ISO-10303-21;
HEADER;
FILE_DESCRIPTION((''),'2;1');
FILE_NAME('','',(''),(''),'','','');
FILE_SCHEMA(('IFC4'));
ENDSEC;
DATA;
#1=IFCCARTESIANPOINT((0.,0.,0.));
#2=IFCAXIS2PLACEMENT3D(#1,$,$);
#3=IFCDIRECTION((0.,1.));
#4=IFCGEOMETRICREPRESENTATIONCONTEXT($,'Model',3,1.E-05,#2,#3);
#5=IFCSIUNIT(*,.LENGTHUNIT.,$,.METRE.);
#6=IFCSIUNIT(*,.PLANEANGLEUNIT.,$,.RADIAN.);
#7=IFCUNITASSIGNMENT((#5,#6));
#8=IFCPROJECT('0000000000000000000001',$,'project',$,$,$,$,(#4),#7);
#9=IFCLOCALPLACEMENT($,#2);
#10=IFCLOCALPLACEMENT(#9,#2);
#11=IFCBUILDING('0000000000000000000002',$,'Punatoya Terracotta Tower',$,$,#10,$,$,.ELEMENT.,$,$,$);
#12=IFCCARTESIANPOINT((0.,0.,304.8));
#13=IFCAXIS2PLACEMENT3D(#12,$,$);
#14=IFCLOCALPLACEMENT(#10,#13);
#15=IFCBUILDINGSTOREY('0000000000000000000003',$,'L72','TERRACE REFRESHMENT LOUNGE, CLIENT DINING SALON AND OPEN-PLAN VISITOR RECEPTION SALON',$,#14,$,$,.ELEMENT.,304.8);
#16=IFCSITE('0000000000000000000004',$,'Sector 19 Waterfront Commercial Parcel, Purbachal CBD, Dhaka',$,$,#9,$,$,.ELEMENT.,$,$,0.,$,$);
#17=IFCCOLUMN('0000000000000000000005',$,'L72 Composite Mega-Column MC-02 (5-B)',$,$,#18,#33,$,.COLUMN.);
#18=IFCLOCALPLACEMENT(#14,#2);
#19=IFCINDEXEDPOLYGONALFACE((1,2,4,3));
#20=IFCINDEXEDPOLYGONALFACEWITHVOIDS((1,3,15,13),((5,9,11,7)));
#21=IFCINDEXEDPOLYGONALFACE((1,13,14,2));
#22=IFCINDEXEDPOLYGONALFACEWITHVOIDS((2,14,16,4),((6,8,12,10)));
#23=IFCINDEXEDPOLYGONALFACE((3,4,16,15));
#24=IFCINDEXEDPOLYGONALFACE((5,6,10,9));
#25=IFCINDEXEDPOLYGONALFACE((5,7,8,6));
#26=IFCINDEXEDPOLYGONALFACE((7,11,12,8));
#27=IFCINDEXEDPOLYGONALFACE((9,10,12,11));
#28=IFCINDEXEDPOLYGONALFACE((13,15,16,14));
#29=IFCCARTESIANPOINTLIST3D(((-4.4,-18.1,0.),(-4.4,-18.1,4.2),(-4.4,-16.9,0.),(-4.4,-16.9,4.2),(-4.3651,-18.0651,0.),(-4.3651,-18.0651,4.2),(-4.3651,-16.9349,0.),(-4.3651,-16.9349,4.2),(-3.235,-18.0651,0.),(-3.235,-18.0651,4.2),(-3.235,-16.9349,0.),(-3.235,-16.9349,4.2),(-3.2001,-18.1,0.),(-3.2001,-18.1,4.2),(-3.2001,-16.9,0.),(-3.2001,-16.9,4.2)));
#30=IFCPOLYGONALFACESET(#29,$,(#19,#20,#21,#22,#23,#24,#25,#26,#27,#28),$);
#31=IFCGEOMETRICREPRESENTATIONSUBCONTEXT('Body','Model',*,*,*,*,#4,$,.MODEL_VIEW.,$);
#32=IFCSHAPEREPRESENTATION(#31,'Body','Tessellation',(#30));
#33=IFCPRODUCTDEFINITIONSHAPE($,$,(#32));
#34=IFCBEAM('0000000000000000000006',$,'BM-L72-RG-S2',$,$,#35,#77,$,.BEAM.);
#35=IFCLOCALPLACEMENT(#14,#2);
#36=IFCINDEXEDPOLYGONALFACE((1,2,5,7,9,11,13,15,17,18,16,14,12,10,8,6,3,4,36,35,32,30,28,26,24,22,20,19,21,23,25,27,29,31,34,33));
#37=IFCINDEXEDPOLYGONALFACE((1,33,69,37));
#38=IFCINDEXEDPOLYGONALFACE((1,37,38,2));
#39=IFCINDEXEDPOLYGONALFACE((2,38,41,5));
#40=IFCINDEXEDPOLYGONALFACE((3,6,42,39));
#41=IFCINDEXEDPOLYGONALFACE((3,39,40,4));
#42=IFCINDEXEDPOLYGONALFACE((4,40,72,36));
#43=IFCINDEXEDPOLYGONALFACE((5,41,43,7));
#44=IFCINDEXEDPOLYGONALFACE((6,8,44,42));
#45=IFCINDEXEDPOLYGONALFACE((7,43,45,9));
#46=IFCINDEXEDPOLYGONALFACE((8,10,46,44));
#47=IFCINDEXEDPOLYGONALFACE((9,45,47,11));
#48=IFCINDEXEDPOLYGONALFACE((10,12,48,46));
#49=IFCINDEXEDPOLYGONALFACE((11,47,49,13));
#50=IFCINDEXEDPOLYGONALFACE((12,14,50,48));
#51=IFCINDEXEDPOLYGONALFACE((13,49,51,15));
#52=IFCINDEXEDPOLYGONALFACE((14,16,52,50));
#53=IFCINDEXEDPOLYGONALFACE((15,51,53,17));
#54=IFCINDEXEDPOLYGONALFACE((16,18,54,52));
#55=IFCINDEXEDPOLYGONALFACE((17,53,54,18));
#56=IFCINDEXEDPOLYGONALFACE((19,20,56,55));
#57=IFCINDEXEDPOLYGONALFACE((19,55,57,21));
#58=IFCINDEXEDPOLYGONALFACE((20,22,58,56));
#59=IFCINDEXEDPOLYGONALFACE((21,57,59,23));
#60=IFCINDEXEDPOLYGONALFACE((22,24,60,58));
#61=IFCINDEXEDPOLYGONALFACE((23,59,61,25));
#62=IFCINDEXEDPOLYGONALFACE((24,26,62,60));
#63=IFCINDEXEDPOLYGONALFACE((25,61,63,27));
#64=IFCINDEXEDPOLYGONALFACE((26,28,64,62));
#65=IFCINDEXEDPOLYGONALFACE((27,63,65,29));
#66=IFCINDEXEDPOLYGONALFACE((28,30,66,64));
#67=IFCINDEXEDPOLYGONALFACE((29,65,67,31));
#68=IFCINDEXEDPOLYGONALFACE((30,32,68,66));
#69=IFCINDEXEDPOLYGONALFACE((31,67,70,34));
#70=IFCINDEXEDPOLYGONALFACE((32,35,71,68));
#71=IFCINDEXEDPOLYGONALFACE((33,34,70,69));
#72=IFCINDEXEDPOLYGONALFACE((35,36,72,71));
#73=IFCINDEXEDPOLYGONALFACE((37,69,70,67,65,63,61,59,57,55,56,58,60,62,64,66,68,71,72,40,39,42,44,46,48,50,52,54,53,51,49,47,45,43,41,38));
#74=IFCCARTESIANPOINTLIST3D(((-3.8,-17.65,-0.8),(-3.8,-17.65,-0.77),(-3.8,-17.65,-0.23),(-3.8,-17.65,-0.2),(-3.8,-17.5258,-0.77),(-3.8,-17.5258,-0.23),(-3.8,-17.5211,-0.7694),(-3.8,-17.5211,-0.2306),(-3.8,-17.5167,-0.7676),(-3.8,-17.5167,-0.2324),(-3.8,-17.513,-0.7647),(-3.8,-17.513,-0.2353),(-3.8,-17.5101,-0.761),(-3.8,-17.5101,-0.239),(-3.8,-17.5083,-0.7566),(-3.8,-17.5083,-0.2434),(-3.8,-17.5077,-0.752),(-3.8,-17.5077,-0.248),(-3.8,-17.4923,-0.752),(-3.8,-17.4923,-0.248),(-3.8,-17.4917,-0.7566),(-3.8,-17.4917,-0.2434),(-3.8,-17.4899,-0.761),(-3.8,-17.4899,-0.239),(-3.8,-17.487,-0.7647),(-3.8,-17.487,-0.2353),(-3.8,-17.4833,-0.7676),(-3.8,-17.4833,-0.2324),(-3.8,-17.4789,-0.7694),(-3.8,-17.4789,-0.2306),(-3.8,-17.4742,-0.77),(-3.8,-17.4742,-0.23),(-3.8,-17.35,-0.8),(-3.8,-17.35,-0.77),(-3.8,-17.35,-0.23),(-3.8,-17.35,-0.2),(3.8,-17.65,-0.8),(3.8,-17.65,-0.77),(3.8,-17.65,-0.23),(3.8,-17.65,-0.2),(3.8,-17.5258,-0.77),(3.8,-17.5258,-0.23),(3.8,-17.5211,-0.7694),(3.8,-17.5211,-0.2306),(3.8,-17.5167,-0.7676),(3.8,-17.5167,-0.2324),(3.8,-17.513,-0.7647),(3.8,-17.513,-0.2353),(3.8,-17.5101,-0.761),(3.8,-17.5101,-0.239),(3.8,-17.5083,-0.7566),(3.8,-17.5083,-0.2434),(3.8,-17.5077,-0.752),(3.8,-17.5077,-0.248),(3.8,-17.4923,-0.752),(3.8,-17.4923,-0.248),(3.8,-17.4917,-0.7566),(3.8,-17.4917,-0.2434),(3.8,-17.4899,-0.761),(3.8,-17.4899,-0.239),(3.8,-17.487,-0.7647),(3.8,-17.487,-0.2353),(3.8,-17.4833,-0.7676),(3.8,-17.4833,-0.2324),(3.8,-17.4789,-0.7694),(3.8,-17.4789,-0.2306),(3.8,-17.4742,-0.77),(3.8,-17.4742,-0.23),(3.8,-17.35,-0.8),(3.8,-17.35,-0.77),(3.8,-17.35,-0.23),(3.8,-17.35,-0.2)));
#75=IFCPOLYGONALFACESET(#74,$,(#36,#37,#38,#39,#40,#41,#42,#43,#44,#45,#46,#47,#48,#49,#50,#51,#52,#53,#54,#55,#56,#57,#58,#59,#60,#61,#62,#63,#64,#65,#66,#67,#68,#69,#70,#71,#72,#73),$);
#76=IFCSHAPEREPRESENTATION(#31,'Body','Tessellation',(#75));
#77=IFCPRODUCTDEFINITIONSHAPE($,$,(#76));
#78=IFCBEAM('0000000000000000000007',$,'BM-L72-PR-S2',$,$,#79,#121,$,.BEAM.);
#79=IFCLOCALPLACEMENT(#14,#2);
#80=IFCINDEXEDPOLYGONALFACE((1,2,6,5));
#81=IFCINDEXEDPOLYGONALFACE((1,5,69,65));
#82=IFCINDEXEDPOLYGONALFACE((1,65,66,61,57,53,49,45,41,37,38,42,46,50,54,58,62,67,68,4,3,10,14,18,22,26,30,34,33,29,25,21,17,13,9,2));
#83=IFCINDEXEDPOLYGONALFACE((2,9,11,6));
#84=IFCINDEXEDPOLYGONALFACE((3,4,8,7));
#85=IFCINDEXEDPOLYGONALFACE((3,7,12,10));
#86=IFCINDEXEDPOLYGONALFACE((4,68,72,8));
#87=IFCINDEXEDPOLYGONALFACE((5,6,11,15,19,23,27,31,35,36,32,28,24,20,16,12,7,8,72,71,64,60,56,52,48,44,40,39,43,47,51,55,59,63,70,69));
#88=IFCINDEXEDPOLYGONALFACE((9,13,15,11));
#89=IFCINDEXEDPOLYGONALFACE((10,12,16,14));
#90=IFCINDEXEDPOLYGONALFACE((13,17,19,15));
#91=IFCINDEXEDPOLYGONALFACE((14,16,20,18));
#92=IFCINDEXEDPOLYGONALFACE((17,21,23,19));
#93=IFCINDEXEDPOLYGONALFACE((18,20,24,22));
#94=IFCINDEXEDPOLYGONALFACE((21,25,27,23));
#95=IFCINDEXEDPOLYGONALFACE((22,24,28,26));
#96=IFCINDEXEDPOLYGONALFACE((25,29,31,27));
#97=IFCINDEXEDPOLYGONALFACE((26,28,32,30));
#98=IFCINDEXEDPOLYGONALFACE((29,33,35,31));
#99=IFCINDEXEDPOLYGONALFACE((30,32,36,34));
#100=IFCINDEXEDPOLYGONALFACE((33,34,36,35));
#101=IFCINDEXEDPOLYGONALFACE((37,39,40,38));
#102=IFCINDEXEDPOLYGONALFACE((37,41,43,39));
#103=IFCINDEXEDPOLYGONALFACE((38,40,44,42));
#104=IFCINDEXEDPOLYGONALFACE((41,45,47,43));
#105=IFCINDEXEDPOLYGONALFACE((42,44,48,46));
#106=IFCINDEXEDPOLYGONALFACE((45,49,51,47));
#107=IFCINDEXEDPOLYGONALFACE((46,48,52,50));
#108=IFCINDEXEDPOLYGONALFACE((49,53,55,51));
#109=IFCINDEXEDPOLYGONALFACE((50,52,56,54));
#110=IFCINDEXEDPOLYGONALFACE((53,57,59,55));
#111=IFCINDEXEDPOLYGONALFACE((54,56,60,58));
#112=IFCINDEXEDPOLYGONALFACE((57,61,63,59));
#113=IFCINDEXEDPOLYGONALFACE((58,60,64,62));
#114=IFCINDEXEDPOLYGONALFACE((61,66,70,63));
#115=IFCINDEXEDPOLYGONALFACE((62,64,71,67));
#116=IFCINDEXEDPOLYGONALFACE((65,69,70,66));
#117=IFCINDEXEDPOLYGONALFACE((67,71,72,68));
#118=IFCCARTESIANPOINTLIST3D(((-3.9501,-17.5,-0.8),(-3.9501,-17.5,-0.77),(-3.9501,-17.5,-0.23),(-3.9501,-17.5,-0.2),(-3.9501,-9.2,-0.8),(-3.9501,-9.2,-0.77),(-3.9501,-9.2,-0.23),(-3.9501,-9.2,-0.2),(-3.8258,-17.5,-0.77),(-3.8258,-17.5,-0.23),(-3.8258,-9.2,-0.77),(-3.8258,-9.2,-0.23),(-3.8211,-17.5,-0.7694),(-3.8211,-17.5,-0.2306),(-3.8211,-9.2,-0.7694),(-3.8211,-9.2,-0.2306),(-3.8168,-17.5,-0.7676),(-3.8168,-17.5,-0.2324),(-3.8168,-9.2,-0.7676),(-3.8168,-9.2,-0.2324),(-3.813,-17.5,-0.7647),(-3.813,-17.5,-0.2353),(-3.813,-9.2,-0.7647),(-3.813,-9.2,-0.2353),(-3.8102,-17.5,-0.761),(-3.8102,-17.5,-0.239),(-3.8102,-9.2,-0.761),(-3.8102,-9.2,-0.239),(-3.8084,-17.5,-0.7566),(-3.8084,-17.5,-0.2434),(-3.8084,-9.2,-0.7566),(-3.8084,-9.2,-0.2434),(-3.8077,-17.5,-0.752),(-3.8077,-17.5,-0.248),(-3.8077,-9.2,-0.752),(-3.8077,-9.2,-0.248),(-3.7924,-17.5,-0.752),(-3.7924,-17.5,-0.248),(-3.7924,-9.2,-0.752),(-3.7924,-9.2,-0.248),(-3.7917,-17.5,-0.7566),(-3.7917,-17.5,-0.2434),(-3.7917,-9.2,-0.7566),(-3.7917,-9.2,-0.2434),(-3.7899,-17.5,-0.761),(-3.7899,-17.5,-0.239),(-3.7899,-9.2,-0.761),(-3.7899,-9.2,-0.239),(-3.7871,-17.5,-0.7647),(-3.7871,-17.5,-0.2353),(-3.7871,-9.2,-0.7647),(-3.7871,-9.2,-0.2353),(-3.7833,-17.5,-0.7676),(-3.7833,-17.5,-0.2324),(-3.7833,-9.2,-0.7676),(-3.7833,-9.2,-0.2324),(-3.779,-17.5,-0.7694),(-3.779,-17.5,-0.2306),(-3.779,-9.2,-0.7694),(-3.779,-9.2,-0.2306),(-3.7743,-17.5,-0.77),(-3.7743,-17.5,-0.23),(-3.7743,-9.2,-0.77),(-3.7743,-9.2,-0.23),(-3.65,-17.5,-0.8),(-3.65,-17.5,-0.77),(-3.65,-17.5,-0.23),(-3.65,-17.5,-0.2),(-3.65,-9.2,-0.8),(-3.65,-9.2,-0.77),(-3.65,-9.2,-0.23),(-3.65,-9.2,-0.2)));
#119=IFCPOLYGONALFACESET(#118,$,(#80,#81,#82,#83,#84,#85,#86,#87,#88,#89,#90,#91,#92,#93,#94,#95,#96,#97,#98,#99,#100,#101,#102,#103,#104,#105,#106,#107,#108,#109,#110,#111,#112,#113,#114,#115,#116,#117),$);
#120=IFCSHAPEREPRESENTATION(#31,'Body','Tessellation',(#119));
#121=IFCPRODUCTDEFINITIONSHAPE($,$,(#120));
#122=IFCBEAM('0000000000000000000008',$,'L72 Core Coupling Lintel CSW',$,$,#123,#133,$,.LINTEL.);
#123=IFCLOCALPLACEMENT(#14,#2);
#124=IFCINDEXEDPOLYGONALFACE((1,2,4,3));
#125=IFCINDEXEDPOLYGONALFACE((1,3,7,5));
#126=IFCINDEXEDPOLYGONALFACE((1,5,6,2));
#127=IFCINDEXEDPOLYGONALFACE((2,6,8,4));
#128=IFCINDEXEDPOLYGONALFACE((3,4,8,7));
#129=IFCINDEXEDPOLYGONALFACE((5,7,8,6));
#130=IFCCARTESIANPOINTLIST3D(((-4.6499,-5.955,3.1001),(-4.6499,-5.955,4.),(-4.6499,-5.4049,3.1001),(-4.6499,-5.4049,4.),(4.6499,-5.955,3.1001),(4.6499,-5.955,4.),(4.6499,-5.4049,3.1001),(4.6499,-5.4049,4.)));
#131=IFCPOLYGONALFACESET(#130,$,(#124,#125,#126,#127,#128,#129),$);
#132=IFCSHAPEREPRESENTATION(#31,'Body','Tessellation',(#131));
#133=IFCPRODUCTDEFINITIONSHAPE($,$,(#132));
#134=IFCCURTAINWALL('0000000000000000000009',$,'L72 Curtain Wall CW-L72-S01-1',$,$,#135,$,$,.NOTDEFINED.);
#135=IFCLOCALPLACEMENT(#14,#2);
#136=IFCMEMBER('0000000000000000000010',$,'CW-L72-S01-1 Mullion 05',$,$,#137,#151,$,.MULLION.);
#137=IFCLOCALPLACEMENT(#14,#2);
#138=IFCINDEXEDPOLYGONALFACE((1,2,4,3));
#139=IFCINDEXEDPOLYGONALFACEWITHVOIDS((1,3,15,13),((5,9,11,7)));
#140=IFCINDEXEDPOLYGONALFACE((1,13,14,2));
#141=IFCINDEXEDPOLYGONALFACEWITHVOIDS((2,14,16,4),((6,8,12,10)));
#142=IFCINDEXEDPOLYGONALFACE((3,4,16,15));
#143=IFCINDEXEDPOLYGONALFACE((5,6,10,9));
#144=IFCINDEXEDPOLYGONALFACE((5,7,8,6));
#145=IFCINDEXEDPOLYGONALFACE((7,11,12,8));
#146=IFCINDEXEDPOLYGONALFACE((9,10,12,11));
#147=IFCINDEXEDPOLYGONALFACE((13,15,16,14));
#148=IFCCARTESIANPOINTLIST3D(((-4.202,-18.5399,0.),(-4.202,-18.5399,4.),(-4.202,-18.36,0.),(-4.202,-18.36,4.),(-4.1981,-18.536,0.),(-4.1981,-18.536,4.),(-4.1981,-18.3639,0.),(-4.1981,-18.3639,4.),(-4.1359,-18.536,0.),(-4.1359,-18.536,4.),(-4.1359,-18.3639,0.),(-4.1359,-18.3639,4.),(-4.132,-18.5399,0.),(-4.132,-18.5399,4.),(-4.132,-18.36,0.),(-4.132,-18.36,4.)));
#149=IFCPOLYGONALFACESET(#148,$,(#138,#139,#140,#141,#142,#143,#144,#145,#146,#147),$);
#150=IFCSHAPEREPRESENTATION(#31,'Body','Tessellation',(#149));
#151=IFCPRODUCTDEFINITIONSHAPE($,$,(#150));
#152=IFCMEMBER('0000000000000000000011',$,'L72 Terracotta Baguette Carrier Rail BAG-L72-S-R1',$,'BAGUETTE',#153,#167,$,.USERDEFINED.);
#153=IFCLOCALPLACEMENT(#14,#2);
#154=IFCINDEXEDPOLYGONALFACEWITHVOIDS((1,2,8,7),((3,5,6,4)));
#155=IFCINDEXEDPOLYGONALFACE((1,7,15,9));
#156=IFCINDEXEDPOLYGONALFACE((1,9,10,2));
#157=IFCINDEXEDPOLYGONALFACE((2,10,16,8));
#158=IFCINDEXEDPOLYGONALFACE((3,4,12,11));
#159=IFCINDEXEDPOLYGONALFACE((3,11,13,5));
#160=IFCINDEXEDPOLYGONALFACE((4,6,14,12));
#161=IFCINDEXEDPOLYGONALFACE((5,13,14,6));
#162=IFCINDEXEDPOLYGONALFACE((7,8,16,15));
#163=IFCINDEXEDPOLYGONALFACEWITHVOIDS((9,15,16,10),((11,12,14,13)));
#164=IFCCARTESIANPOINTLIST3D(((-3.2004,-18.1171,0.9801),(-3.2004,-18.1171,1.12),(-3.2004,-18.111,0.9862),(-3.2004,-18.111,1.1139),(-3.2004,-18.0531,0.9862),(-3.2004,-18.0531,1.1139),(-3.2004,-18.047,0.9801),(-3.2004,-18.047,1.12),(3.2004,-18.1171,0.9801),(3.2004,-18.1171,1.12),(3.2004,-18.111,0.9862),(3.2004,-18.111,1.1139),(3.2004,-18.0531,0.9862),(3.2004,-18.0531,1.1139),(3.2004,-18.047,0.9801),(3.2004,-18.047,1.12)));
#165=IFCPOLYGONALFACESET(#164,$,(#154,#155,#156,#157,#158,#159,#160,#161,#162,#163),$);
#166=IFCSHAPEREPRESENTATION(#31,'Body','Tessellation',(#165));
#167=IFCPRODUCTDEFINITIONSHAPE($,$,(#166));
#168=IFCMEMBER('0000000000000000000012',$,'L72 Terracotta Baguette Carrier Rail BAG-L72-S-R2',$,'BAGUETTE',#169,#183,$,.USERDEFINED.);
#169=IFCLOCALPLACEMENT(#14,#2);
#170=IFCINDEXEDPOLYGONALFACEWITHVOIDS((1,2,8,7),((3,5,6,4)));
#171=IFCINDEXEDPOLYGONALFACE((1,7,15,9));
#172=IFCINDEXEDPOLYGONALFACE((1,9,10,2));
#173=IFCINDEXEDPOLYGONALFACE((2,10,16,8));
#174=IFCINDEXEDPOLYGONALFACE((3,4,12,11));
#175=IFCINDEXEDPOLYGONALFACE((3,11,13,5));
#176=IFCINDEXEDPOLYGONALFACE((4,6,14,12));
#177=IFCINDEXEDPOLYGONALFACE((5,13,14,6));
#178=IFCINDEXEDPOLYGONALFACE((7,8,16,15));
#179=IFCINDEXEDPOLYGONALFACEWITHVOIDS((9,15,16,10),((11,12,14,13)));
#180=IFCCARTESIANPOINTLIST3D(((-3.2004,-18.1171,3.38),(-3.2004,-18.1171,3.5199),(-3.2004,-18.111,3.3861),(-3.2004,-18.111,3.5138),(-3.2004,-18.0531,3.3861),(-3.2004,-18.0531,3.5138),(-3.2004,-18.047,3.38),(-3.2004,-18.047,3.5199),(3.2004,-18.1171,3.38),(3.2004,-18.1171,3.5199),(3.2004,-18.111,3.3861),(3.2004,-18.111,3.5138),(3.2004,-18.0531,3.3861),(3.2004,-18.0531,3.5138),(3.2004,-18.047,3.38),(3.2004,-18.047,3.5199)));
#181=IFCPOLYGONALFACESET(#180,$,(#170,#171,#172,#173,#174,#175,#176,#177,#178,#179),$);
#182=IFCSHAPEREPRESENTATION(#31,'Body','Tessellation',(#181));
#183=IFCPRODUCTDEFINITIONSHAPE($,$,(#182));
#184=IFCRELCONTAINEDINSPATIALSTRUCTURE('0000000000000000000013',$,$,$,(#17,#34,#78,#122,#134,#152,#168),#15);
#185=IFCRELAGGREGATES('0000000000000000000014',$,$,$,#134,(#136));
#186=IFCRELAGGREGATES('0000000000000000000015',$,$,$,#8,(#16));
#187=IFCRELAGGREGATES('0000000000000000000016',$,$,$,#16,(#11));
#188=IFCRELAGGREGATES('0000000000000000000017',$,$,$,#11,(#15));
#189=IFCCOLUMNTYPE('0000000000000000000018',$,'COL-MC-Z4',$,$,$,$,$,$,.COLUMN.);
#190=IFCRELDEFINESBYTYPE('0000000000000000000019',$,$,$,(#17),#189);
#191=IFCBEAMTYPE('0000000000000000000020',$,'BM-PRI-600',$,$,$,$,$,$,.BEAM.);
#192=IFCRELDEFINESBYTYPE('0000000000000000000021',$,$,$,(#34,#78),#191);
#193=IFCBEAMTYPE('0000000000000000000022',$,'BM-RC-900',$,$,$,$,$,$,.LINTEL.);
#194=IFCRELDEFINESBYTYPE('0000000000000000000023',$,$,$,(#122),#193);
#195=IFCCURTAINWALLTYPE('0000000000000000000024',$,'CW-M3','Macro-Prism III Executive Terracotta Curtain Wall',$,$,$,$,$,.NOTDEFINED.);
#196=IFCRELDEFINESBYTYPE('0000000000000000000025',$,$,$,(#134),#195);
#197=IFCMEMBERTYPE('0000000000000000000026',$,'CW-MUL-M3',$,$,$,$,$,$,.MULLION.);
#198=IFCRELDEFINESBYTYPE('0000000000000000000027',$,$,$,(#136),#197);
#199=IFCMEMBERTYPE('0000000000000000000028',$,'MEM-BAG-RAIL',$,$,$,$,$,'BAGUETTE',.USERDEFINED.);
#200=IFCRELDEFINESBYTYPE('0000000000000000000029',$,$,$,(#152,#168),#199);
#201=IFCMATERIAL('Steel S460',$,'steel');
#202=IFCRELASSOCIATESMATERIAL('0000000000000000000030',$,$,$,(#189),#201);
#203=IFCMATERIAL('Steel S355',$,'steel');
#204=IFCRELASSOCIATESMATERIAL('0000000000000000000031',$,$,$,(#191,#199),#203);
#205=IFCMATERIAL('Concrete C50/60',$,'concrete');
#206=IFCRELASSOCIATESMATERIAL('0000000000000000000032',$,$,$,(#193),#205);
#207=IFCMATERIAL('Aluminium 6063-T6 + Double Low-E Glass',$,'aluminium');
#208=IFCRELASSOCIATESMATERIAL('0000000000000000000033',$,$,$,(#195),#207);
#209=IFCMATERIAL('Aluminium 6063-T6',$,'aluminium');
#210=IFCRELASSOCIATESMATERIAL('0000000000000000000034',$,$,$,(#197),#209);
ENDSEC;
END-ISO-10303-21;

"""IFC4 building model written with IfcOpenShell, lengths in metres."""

from ifc_helpers import new_model, si_unit, direction, frame, origin, origin_2d, place, context, subcontext, project, spatial, rectangle, hollow_rectangle, i_section, extrude, material, material_profile, profile_set, type_object, element, aggregate, save


model = new_model("IFC4")

# Units and contexts
model_context = context("Model", 3, precision=1e-05, world=origin(), true_north=direction((0.0, 1.0)))
body_context = subcontext(model_context, "Body", "Model", "MODEL_VIEW")
ifc_project = project(units=[si_unit("LENGTHUNIT", "METRE"), si_unit("PLANEANGLEUNIT", "RADIAN")], contexts=[model_context])

# Site, building, storey
site_placement = place(None, origin())
site = spatial("IfcSite", under=ifc_project, at=site_placement, Name="Sector 19 Waterfront Commercial Parcel, Purbachal CBD, Dhaka", CompositionType="ELEMENT", RefElevation=0.0)
building_placement = place(site_placement, origin())
building = spatial("IfcBuilding", under=site, at=building_placement, Name="Punatoya Terracotta Tower", CompositionType="ELEMENT")
storey_placement = place(building_placement, frame((0.0, 0.0, 304.8)))
storey = spatial("IfcBuildingStorey", under=building, at=storey_placement, Name="L72", Description="TERRACE REFRESHMENT LOUNGE, CLIENT DINING SALON AND OPEN-PLAN VISITOR RECEPTION SALON", CompositionType="ELEMENT", Elevation=304.8)

# Column
ifc_material_1 = material(Name="Steel S460", Category="steel")
ifc_material_profile_1 = material_profile(ifc_material_1, hollow_rectangle(XDim=1.2, YDim=1.2, WallThickness=0.0349, at=origin_2d()))
ifc_profile_set_1 = profile_set([ifc_material_profile_1], Name="Steel S460")
column_type = type_object("IfcColumnType", Name="COL-MC-Z4", PredefinedType="COLUMN", material=ifc_profile_set_1)
column_placement = place(storey_placement, frame((-3.8, -17.5, 0.0), z_axis=(0.0, 0.0, 1.0), x_axis=(1.0, 0.0, 0.0)))
element("IfcColumn", 1, at=column_placement, inside=storey, type_object=column_type, Name="L72 Composite Mega-Column MC-02 (5-B)", PredefinedType="COLUMN", context=body_context, shape_type="SweptSolid", body=[
    extrude(hollow_rectangle(XDim=1.2, YDim=1.2, WallThickness=0.0349, at=origin_2d()), origin(), (0.0, 0.0, 1.0), 4.2),
])

# Beams
ifc_material_2 = material(Name="Steel S355", Category="steel")
ifc_material_profile_2 = material_profile(ifc_material_2, i_section(OverallWidth=0.3, OverallDepth=0.6001, WebThickness=0.0154, FlangeThickness=0.03, FilletRadius=0.0181, at=origin_2d()))
ifc_profile_set_2 = profile_set([ifc_material_profile_2], Name="Steel S355")
beam_type_1 = type_object("IfcBeamType", Name="BM-PRI-600", PredefinedType="BEAM", material=ifc_profile_set_2)
beam_1_placement = place(storey_placement, frame((-3.8, -17.5, -0.5), z_axis=(1.0, 0.0, 0.0), x_axis=(0.0, 1.0, 0.0)))
element("IfcBeam", 2, at=beam_1_placement, inside=storey, type_object=beam_type_1, Name="BM-L72-RG-S2", PredefinedType="BEAM", context=body_context, shape_type="SweptSolid", body=[
    extrude(i_section(OverallWidth=0.3, OverallDepth=0.6001, WebThickness=0.0154, FlangeThickness=0.03, FilletRadius=0.0181, at=origin_2d()), origin(), (0.0, 0.0, 1.0), 7.6001),
])
beam_2_placement = place(storey_placement, frame((-3.8, -17.5, -0.5), z_axis=(0.0, 1.0, 0.0), x_axis=(-1.0, 0.0, 0.0)))
element("IfcBeam", 3, at=beam_2_placement, inside=storey, type_object=beam_type_1, Name="BM-L72-PR-S2", PredefinedType="BEAM", context=body_context, shape_type="SweptSolid", body=[
    extrude(i_section(OverallWidth=0.3, OverallDepth=0.6001, WebThickness=0.0154, FlangeThickness=0.03, FilletRadius=0.0181, at=origin_2d()), origin(), (0.0, 0.0, 1.0), 8.3),
])
ifc_material_3 = material(Name="Concrete C50/60", Category="concrete")
ifc_material_profile_3 = material_profile(ifc_material_3, rectangle(XDim=0.55, YDim=0.8999, at=origin_2d()))
ifc_profile_set_3 = profile_set([ifc_material_profile_3], Name="Concrete C50/60")
beam_type_2 = type_object("IfcBeamType", Name="BM-RC-900", PredefinedType="LINTEL", material=ifc_profile_set_3)
beam_3_placement = place(storey_placement, frame((-4.6499, -5.6799, 3.55), z_axis=(1.0, 0.0, 0.0), x_axis=(0.0, 1.0, 0.0)))
element("IfcBeam", 4, at=beam_3_placement, inside=storey, type_object=beam_type_2, Name="L72 Core Coupling Lintel CSW", PredefinedType="LINTEL", context=body_context, shape_type="SweptSolid", body=[
    extrude(rectangle(XDim=0.55, YDim=0.8999, at=origin_2d()), origin(), (0.0, 0.0, 1.0), 9.2998),
])

# Curtain wall, member
ifc_material_4 = material(Name="Aluminium 6063-T6 + Double Low-E Glass", Category="aluminium")
curtain_wall_type = type_object("IfcCurtainWallType", Name="CW-M3", Description="Macro-Prism III Executive Terracotta Curtain Wall", PredefinedType="NOTDEFINED", material=ifc_material_4)
curtain_wall_placement = place(storey_placement, origin())
curtain_wall = element("IfcCurtainWall", 5, at=curtain_wall_placement, inside=storey, type_object=curtain_wall_type, Name="L72 Curtain Wall CW-L72-S01-1", PredefinedType="NOTDEFINED")
ifc_material_5 = material(Name="Aluminium 6063-T6", Category="aluminium")
ifc_material_profile_4 = material_profile(ifc_material_5, hollow_rectangle(XDim=0.0701, YDim=0.1799, WallThickness=0.0039, at=origin_2d()))
ifc_profile_set_4 = profile_set([ifc_material_profile_4], Name="Aluminium 6063-T6")
member_type_1 = type_object("IfcMemberType", Name="CW-MUL-M3", PredefinedType="MULLION", material=ifc_profile_set_4)
member_placement = place(storey_placement, frame((-4.167, -18.45, 0.0), z_axis=(0.0, 0.0, 1.0), x_axis=(1.0, 0.0, 0.0)))
member = element("IfcMember", 6, at=member_placement, type_object=member_type_1, Name="CW-L72-S01-1 Mullion 05", PredefinedType="MULLION", context=body_context, shape_type="SweptSolid", body=[
    extrude(hollow_rectangle(XDim=0.0701, YDim=0.1799, WallThickness=0.0039, at=origin_2d()), origin(), (0.0, 0.0, 1.0), 4.0),
])

# Members
ifc_material_profile_5 = material_profile(ifc_material_2, hollow_rectangle(XDim=0.0701, YDim=0.1399, WallThickness=0.0061, at=origin_2d()))
ifc_profile_set_5 = profile_set([ifc_material_profile_5], Name="Steel S355")
member_type_2 = type_object("IfcMemberType", Name="MEM-BAG-RAIL", ElementType="BAGUETTE", PredefinedType="USERDEFINED", material=ifc_profile_set_5)
for number, where, z_axis, x_axis, name in (
    (7, (-3.2004, -18.082, 1.05), (1.0, 0.0, 0.0), (0.0, 1.0, 0.0), "L72 Terracotta Baguette Carrier Rail BAG-L72-S-R1"),
    (8, (-3.2004, -18.082, 3.45), (1.0, 0.0, 0.0), (0.0, 1.0, 0.0), "L72 Terracotta Baguette Carrier Rail BAG-L72-S-R2"),
):
    element("IfcMember", number, at=place(storey_placement, frame(where, z_axis=z_axis, x_axis=x_axis)), inside=storey, type_object=member_type_2, Name=name, ObjectType="BAGUETTE", PredefinedType="USERDEFINED", context=body_context, shape_type="SweptSolid", body=[
        extrude(hollow_rectangle(XDim=0.0701, YDim=0.1399, WallThickness=0.0061, at=origin_2d()), origin(), (0.0, 0.0, 1.0), 6.4009),
    ])

aggregate(curtain_wall, [member])

save(model, "model.ifc")
